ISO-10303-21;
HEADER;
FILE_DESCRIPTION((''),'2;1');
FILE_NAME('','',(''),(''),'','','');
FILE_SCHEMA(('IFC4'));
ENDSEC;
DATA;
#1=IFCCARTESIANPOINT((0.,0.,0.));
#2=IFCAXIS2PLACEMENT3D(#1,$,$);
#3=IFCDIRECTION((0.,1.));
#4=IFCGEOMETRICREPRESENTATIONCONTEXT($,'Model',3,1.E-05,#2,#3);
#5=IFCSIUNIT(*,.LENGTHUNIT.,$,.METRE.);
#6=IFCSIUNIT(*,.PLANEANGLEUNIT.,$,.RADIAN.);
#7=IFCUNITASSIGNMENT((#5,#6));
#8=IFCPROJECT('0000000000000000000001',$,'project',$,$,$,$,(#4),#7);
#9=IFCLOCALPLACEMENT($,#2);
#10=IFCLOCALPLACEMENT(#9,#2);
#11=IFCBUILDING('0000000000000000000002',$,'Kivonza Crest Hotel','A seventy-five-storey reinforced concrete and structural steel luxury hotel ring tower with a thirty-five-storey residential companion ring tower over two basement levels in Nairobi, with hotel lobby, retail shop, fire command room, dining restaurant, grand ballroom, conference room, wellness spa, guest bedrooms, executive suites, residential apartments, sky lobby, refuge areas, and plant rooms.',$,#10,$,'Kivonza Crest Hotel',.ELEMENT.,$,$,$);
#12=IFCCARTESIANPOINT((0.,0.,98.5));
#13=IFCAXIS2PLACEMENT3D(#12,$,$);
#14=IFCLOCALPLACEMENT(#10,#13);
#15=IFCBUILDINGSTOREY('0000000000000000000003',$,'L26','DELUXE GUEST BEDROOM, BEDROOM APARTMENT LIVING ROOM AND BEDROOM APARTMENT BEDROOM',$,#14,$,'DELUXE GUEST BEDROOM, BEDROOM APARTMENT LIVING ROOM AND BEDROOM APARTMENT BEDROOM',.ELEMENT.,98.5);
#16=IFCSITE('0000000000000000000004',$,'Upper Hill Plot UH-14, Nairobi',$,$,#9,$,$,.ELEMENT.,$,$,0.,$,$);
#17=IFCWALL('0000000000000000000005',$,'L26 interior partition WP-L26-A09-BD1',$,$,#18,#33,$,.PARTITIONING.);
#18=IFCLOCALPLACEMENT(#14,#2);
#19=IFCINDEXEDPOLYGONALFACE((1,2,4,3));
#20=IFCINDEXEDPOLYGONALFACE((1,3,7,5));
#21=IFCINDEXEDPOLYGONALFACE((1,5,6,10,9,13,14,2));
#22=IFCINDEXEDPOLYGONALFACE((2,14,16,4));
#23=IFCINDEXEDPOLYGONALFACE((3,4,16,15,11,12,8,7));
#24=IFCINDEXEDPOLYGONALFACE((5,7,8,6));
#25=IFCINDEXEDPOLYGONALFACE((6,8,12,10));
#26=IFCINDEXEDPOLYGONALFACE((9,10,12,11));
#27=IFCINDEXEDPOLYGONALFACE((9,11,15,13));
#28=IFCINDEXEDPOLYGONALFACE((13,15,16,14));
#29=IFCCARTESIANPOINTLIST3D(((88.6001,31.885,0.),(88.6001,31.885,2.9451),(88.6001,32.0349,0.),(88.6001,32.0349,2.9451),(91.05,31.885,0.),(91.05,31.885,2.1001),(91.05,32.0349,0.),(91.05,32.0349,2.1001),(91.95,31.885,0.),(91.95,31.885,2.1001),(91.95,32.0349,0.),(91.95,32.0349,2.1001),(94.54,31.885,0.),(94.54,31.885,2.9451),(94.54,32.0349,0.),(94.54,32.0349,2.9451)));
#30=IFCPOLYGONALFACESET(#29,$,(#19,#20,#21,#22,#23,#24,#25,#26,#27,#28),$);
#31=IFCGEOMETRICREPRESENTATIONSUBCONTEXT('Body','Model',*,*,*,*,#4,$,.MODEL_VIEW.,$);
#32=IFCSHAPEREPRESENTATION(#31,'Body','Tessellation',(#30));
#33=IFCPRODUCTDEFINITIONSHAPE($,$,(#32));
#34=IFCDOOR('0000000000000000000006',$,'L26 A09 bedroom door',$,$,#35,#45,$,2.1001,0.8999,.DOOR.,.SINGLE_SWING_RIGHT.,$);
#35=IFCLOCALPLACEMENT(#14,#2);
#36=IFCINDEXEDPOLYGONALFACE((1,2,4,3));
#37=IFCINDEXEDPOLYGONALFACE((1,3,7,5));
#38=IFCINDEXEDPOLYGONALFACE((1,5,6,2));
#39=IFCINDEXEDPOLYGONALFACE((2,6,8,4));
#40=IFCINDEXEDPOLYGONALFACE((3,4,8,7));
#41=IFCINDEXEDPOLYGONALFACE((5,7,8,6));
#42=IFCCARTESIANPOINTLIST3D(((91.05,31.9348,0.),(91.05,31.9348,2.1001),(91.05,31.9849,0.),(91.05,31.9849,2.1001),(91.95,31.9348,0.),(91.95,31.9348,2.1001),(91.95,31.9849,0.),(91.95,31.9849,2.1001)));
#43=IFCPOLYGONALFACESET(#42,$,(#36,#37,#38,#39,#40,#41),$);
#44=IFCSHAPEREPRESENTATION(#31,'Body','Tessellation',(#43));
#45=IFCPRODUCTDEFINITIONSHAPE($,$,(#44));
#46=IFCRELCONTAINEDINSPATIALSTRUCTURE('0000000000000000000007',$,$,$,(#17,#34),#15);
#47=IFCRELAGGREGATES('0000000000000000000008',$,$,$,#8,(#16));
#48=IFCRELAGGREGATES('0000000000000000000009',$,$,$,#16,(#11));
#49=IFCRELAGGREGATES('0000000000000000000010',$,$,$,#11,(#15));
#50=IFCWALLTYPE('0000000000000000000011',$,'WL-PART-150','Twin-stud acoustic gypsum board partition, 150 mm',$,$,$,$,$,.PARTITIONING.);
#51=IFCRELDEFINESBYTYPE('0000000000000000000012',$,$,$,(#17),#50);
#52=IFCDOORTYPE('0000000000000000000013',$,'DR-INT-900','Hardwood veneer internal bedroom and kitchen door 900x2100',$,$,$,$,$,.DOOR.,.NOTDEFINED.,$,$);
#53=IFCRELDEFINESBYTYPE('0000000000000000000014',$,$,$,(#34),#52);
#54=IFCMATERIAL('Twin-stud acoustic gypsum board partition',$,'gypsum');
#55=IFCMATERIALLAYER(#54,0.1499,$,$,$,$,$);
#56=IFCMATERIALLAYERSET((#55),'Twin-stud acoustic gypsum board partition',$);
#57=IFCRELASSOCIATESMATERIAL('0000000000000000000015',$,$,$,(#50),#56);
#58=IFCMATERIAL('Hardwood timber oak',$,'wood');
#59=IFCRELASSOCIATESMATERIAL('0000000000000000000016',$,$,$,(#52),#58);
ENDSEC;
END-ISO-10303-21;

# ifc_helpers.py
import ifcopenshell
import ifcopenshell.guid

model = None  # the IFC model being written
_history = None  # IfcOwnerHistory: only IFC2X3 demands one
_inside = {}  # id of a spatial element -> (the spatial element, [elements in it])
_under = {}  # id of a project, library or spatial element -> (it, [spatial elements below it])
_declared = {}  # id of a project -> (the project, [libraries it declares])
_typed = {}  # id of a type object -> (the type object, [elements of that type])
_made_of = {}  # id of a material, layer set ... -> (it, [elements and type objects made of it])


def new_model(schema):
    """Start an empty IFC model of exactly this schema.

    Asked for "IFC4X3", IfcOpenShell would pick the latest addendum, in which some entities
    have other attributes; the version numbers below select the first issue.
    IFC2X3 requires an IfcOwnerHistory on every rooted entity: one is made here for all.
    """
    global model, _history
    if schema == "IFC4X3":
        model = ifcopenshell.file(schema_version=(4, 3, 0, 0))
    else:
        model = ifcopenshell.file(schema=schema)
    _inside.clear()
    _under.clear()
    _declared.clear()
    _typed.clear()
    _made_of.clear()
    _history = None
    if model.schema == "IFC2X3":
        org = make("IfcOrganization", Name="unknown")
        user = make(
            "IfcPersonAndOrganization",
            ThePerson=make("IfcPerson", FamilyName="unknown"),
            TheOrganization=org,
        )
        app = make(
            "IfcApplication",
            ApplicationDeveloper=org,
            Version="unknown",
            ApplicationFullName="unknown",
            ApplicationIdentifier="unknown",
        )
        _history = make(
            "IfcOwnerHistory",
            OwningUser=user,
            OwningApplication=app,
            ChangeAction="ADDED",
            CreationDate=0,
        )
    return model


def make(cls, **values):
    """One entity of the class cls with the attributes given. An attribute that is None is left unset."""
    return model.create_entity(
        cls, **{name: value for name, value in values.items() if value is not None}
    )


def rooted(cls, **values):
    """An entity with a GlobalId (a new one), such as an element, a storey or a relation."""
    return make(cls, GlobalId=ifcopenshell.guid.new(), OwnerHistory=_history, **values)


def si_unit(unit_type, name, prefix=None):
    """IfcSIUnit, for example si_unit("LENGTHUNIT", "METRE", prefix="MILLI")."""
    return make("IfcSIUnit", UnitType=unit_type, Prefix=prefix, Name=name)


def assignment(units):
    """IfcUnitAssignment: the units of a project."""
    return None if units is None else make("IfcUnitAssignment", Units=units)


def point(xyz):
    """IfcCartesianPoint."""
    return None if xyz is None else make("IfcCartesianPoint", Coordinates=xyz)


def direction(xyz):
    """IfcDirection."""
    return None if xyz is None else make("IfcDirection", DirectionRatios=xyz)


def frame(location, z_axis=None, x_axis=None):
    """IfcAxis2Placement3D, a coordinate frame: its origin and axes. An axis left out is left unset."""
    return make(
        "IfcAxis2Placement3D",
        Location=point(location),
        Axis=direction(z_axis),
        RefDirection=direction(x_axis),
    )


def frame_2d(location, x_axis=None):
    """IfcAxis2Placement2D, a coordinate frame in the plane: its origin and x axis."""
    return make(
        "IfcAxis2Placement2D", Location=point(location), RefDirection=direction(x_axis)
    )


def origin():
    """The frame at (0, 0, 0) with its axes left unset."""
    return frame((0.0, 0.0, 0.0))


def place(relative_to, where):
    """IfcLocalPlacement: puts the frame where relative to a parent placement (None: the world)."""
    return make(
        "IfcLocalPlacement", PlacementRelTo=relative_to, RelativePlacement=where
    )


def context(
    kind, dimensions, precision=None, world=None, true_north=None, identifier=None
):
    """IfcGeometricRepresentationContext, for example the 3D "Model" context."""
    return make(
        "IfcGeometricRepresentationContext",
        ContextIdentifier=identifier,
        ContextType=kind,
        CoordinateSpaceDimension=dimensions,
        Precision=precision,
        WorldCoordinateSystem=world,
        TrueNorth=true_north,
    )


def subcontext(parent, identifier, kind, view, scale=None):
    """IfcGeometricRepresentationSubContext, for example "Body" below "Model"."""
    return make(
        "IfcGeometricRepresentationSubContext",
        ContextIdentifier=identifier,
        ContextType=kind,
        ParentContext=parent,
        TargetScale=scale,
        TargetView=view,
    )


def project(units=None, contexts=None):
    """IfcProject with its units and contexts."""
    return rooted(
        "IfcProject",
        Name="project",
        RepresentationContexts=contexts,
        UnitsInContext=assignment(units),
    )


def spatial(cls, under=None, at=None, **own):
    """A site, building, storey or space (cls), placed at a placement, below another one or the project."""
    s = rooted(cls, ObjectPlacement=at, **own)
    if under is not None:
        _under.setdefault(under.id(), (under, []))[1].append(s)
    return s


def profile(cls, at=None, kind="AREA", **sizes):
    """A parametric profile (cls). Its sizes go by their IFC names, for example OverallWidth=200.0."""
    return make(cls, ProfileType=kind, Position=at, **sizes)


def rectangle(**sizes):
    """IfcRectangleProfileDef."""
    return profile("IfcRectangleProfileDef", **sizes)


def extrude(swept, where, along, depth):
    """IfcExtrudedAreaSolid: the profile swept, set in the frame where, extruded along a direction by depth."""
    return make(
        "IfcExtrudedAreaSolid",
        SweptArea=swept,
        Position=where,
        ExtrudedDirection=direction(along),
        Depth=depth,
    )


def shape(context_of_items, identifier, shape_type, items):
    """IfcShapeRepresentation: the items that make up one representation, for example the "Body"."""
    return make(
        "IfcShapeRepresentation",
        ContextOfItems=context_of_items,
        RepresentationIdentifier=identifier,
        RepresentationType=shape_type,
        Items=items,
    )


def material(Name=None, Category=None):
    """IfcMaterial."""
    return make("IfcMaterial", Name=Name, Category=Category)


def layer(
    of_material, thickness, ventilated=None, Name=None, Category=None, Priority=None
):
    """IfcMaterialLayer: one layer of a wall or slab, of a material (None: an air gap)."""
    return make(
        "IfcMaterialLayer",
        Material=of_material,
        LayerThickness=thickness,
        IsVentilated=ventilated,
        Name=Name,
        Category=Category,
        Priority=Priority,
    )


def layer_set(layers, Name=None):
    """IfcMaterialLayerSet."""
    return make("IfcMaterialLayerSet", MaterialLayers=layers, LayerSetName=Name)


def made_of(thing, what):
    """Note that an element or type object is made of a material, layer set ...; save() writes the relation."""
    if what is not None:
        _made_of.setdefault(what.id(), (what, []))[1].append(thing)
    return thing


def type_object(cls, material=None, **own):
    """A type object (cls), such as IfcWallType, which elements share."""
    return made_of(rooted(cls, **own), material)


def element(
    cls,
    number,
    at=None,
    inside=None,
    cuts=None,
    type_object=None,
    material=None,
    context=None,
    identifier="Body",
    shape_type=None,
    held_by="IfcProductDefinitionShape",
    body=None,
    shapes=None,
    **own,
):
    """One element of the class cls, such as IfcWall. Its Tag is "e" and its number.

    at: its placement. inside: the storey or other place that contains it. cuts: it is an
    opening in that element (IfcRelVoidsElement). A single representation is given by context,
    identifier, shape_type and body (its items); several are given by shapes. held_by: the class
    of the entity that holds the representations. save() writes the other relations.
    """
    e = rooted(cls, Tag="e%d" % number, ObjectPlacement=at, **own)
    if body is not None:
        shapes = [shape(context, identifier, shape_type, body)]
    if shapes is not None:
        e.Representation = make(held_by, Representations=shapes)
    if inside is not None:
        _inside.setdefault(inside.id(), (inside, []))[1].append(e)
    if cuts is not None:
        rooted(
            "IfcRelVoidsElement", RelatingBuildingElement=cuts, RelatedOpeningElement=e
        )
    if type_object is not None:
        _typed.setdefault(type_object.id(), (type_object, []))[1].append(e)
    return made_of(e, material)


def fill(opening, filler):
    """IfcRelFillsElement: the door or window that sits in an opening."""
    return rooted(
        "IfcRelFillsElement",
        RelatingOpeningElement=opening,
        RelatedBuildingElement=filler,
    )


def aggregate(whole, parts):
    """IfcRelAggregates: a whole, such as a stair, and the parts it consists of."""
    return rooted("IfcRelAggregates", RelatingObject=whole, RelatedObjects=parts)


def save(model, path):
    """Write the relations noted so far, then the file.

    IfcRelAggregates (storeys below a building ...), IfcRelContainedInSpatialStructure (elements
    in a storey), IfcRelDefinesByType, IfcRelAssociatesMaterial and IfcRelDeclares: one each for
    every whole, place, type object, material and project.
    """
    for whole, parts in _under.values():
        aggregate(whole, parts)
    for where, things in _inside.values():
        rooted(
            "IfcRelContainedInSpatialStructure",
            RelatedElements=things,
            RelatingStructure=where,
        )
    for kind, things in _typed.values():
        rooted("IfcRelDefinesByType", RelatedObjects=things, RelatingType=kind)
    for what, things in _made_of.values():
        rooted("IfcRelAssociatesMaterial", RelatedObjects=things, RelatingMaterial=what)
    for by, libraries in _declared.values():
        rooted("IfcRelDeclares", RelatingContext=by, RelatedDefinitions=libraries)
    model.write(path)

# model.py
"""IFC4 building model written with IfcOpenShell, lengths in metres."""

from ifc_helpers import new_model, si_unit, direction, frame, frame_2d, origin, place, context, subcontext, project, spatial, rectangle, extrude, material, layer, layer_set, type_object, element, fill, save


model = new_model("IFC4")

# Units and contexts
model_context = context("Model", 3, precision=1e-05, world=origin(), true_north=direction((0.0, 1.0)))
body_context = subcontext(model_context, "Body", "Model", "MODEL_VIEW")
ifc_project = project(units=[si_unit("LENGTHUNIT", "METRE"), si_unit("PLANEANGLEUNIT", "RADIAN")], contexts=[model_context])

# Site, building, storey
site_placement = place(None, origin())
site = spatial("IfcSite", under=ifc_project, at=site_placement, Name="Upper Hill Plot UH-14, Nairobi", CompositionType="ELEMENT", RefElevation=0.0)
building_placement = place(site_placement, origin())
building = spatial("IfcBuilding", under=site, at=building_placement, Name="Kivonza Crest Hotel", Description="A seventy-five-storey reinforced concrete and structural steel luxury hotel ring tower with a thirty-five-storey residential companion ring tower over two basement levels in Nairobi, with hotel lobby, retail shop, fire command room, dining restaurant, grand ballroom, conference room, wellness spa, guest bedrooms, executive suites, residential apartments, sky lobby, refuge areas, and plant rooms.", LongName="Kivonza Crest Hotel", CompositionType="ELEMENT")
storey_placement = place(building_placement, frame((0.0, 0.0, 98.5)))
storey = spatial("IfcBuildingStorey", under=building, at=storey_placement, Name="L26", Description="DELUXE GUEST BEDROOM, BEDROOM APARTMENT LIVING ROOM AND BEDROOM APARTMENT BEDROOM", LongName="DELUXE GUEST BEDROOM, BEDROOM APARTMENT LIVING ROOM AND BEDROOM APARTMENT BEDROOM", CompositionType="ELEMENT", Elevation=98.5)

# Shared definitions
ifc_material_1 = material(Name="Hardwood timber oak", Category="wood")

# Shared definitions
ifc_material_2 = material(Name="Twin-stud acoustic gypsum board partition", Category="gypsum")
ifc_layer_1 = layer(ifc_material_2, 0.1499)
ifc_layer_set_1 = layer_set([ifc_layer_1], Name="Twin-stud acoustic gypsum board partition")
wall_type_1 = type_object("IfcWallType", Name="WL-PART-150", Description="Twin-stud acoustic gypsum board partition, 150 mm", PredefinedType="PARTITIONING", material=ifc_layer_set_1)
door_type_1 = type_object("IfcDoorType", Name="DR-INT-900", Description="Hardwood veneer internal bedroom and kitchen door 900x2100", OperationType="NOTDEFINED", PredefinedType="DOOR", material=ifc_material_1)

# Wall, opening, door
wall_1_placement = place(storey_placement, frame((88.6001, 31.96, 0.0), z_axis=(0.0, 0.0, 1.0), x_axis=(1.0, 0.0, 0.0)))
wall_1 = element("IfcWall", 1, at=wall_1_placement, inside=storey, type_object=wall_type_1, Name="L26 interior partition WP-L26-A09-BD1", PredefinedType="PARTITIONING", context=body_context, shape_type="SweptSolid", body=[
    extrude(rectangle(XDim=5.9399, YDim=0.1499, at=frame_2d((2.97, 0.0))), origin(), (0.0, 0.0, 1.0), 2.9451),
])
opening_1_placement = place(wall_1_placement, frame((2.45, 0.0, 0.0)))
opening_1 = element("IfcOpeningElement", 2, at=opening_1_placement, cuts=wall_1, PredefinedType="OPENING", context=body_context, shape_type="SweptSolid", body=[
    extrude(rectangle(XDim=0.8999, YDim=2.1001, at=frame_2d((0.45, 1.05))), frame((0.0, 0.085, 0.0), z_axis=(0.0, -1.0, 0.0), x_axis=(1.0, 0.0, 0.0)), (0.0, 0.0, 1.0), 0.1699),
])
door_1_placement = place(opening_1_placement, origin())
door_1 = element("IfcDoor", 3, at=door_1_placement, inside=storey, type_object=door_type_1, Name="L26 A09 bedroom door", OperationType="SINGLE_SWING_RIGHT", OverallHeight=2.1001, OverallWidth=0.8999, PredefinedType="DOOR", context=body_context, shape_type="SweptSolid", body=[
    extrude(rectangle(XDim=0.8999, YDim=2.1001, at=frame_2d((0.45, 1.05))), frame((0.0, 0.0249, 0.0), z_axis=(0.0, -1.0, 0.0), x_axis=(1.0, 0.0, 0.0)), (0.0, 0.0, 1.0), 0.05),
])
fill(opening_1, door_1)

save(model, "model.ifc")
